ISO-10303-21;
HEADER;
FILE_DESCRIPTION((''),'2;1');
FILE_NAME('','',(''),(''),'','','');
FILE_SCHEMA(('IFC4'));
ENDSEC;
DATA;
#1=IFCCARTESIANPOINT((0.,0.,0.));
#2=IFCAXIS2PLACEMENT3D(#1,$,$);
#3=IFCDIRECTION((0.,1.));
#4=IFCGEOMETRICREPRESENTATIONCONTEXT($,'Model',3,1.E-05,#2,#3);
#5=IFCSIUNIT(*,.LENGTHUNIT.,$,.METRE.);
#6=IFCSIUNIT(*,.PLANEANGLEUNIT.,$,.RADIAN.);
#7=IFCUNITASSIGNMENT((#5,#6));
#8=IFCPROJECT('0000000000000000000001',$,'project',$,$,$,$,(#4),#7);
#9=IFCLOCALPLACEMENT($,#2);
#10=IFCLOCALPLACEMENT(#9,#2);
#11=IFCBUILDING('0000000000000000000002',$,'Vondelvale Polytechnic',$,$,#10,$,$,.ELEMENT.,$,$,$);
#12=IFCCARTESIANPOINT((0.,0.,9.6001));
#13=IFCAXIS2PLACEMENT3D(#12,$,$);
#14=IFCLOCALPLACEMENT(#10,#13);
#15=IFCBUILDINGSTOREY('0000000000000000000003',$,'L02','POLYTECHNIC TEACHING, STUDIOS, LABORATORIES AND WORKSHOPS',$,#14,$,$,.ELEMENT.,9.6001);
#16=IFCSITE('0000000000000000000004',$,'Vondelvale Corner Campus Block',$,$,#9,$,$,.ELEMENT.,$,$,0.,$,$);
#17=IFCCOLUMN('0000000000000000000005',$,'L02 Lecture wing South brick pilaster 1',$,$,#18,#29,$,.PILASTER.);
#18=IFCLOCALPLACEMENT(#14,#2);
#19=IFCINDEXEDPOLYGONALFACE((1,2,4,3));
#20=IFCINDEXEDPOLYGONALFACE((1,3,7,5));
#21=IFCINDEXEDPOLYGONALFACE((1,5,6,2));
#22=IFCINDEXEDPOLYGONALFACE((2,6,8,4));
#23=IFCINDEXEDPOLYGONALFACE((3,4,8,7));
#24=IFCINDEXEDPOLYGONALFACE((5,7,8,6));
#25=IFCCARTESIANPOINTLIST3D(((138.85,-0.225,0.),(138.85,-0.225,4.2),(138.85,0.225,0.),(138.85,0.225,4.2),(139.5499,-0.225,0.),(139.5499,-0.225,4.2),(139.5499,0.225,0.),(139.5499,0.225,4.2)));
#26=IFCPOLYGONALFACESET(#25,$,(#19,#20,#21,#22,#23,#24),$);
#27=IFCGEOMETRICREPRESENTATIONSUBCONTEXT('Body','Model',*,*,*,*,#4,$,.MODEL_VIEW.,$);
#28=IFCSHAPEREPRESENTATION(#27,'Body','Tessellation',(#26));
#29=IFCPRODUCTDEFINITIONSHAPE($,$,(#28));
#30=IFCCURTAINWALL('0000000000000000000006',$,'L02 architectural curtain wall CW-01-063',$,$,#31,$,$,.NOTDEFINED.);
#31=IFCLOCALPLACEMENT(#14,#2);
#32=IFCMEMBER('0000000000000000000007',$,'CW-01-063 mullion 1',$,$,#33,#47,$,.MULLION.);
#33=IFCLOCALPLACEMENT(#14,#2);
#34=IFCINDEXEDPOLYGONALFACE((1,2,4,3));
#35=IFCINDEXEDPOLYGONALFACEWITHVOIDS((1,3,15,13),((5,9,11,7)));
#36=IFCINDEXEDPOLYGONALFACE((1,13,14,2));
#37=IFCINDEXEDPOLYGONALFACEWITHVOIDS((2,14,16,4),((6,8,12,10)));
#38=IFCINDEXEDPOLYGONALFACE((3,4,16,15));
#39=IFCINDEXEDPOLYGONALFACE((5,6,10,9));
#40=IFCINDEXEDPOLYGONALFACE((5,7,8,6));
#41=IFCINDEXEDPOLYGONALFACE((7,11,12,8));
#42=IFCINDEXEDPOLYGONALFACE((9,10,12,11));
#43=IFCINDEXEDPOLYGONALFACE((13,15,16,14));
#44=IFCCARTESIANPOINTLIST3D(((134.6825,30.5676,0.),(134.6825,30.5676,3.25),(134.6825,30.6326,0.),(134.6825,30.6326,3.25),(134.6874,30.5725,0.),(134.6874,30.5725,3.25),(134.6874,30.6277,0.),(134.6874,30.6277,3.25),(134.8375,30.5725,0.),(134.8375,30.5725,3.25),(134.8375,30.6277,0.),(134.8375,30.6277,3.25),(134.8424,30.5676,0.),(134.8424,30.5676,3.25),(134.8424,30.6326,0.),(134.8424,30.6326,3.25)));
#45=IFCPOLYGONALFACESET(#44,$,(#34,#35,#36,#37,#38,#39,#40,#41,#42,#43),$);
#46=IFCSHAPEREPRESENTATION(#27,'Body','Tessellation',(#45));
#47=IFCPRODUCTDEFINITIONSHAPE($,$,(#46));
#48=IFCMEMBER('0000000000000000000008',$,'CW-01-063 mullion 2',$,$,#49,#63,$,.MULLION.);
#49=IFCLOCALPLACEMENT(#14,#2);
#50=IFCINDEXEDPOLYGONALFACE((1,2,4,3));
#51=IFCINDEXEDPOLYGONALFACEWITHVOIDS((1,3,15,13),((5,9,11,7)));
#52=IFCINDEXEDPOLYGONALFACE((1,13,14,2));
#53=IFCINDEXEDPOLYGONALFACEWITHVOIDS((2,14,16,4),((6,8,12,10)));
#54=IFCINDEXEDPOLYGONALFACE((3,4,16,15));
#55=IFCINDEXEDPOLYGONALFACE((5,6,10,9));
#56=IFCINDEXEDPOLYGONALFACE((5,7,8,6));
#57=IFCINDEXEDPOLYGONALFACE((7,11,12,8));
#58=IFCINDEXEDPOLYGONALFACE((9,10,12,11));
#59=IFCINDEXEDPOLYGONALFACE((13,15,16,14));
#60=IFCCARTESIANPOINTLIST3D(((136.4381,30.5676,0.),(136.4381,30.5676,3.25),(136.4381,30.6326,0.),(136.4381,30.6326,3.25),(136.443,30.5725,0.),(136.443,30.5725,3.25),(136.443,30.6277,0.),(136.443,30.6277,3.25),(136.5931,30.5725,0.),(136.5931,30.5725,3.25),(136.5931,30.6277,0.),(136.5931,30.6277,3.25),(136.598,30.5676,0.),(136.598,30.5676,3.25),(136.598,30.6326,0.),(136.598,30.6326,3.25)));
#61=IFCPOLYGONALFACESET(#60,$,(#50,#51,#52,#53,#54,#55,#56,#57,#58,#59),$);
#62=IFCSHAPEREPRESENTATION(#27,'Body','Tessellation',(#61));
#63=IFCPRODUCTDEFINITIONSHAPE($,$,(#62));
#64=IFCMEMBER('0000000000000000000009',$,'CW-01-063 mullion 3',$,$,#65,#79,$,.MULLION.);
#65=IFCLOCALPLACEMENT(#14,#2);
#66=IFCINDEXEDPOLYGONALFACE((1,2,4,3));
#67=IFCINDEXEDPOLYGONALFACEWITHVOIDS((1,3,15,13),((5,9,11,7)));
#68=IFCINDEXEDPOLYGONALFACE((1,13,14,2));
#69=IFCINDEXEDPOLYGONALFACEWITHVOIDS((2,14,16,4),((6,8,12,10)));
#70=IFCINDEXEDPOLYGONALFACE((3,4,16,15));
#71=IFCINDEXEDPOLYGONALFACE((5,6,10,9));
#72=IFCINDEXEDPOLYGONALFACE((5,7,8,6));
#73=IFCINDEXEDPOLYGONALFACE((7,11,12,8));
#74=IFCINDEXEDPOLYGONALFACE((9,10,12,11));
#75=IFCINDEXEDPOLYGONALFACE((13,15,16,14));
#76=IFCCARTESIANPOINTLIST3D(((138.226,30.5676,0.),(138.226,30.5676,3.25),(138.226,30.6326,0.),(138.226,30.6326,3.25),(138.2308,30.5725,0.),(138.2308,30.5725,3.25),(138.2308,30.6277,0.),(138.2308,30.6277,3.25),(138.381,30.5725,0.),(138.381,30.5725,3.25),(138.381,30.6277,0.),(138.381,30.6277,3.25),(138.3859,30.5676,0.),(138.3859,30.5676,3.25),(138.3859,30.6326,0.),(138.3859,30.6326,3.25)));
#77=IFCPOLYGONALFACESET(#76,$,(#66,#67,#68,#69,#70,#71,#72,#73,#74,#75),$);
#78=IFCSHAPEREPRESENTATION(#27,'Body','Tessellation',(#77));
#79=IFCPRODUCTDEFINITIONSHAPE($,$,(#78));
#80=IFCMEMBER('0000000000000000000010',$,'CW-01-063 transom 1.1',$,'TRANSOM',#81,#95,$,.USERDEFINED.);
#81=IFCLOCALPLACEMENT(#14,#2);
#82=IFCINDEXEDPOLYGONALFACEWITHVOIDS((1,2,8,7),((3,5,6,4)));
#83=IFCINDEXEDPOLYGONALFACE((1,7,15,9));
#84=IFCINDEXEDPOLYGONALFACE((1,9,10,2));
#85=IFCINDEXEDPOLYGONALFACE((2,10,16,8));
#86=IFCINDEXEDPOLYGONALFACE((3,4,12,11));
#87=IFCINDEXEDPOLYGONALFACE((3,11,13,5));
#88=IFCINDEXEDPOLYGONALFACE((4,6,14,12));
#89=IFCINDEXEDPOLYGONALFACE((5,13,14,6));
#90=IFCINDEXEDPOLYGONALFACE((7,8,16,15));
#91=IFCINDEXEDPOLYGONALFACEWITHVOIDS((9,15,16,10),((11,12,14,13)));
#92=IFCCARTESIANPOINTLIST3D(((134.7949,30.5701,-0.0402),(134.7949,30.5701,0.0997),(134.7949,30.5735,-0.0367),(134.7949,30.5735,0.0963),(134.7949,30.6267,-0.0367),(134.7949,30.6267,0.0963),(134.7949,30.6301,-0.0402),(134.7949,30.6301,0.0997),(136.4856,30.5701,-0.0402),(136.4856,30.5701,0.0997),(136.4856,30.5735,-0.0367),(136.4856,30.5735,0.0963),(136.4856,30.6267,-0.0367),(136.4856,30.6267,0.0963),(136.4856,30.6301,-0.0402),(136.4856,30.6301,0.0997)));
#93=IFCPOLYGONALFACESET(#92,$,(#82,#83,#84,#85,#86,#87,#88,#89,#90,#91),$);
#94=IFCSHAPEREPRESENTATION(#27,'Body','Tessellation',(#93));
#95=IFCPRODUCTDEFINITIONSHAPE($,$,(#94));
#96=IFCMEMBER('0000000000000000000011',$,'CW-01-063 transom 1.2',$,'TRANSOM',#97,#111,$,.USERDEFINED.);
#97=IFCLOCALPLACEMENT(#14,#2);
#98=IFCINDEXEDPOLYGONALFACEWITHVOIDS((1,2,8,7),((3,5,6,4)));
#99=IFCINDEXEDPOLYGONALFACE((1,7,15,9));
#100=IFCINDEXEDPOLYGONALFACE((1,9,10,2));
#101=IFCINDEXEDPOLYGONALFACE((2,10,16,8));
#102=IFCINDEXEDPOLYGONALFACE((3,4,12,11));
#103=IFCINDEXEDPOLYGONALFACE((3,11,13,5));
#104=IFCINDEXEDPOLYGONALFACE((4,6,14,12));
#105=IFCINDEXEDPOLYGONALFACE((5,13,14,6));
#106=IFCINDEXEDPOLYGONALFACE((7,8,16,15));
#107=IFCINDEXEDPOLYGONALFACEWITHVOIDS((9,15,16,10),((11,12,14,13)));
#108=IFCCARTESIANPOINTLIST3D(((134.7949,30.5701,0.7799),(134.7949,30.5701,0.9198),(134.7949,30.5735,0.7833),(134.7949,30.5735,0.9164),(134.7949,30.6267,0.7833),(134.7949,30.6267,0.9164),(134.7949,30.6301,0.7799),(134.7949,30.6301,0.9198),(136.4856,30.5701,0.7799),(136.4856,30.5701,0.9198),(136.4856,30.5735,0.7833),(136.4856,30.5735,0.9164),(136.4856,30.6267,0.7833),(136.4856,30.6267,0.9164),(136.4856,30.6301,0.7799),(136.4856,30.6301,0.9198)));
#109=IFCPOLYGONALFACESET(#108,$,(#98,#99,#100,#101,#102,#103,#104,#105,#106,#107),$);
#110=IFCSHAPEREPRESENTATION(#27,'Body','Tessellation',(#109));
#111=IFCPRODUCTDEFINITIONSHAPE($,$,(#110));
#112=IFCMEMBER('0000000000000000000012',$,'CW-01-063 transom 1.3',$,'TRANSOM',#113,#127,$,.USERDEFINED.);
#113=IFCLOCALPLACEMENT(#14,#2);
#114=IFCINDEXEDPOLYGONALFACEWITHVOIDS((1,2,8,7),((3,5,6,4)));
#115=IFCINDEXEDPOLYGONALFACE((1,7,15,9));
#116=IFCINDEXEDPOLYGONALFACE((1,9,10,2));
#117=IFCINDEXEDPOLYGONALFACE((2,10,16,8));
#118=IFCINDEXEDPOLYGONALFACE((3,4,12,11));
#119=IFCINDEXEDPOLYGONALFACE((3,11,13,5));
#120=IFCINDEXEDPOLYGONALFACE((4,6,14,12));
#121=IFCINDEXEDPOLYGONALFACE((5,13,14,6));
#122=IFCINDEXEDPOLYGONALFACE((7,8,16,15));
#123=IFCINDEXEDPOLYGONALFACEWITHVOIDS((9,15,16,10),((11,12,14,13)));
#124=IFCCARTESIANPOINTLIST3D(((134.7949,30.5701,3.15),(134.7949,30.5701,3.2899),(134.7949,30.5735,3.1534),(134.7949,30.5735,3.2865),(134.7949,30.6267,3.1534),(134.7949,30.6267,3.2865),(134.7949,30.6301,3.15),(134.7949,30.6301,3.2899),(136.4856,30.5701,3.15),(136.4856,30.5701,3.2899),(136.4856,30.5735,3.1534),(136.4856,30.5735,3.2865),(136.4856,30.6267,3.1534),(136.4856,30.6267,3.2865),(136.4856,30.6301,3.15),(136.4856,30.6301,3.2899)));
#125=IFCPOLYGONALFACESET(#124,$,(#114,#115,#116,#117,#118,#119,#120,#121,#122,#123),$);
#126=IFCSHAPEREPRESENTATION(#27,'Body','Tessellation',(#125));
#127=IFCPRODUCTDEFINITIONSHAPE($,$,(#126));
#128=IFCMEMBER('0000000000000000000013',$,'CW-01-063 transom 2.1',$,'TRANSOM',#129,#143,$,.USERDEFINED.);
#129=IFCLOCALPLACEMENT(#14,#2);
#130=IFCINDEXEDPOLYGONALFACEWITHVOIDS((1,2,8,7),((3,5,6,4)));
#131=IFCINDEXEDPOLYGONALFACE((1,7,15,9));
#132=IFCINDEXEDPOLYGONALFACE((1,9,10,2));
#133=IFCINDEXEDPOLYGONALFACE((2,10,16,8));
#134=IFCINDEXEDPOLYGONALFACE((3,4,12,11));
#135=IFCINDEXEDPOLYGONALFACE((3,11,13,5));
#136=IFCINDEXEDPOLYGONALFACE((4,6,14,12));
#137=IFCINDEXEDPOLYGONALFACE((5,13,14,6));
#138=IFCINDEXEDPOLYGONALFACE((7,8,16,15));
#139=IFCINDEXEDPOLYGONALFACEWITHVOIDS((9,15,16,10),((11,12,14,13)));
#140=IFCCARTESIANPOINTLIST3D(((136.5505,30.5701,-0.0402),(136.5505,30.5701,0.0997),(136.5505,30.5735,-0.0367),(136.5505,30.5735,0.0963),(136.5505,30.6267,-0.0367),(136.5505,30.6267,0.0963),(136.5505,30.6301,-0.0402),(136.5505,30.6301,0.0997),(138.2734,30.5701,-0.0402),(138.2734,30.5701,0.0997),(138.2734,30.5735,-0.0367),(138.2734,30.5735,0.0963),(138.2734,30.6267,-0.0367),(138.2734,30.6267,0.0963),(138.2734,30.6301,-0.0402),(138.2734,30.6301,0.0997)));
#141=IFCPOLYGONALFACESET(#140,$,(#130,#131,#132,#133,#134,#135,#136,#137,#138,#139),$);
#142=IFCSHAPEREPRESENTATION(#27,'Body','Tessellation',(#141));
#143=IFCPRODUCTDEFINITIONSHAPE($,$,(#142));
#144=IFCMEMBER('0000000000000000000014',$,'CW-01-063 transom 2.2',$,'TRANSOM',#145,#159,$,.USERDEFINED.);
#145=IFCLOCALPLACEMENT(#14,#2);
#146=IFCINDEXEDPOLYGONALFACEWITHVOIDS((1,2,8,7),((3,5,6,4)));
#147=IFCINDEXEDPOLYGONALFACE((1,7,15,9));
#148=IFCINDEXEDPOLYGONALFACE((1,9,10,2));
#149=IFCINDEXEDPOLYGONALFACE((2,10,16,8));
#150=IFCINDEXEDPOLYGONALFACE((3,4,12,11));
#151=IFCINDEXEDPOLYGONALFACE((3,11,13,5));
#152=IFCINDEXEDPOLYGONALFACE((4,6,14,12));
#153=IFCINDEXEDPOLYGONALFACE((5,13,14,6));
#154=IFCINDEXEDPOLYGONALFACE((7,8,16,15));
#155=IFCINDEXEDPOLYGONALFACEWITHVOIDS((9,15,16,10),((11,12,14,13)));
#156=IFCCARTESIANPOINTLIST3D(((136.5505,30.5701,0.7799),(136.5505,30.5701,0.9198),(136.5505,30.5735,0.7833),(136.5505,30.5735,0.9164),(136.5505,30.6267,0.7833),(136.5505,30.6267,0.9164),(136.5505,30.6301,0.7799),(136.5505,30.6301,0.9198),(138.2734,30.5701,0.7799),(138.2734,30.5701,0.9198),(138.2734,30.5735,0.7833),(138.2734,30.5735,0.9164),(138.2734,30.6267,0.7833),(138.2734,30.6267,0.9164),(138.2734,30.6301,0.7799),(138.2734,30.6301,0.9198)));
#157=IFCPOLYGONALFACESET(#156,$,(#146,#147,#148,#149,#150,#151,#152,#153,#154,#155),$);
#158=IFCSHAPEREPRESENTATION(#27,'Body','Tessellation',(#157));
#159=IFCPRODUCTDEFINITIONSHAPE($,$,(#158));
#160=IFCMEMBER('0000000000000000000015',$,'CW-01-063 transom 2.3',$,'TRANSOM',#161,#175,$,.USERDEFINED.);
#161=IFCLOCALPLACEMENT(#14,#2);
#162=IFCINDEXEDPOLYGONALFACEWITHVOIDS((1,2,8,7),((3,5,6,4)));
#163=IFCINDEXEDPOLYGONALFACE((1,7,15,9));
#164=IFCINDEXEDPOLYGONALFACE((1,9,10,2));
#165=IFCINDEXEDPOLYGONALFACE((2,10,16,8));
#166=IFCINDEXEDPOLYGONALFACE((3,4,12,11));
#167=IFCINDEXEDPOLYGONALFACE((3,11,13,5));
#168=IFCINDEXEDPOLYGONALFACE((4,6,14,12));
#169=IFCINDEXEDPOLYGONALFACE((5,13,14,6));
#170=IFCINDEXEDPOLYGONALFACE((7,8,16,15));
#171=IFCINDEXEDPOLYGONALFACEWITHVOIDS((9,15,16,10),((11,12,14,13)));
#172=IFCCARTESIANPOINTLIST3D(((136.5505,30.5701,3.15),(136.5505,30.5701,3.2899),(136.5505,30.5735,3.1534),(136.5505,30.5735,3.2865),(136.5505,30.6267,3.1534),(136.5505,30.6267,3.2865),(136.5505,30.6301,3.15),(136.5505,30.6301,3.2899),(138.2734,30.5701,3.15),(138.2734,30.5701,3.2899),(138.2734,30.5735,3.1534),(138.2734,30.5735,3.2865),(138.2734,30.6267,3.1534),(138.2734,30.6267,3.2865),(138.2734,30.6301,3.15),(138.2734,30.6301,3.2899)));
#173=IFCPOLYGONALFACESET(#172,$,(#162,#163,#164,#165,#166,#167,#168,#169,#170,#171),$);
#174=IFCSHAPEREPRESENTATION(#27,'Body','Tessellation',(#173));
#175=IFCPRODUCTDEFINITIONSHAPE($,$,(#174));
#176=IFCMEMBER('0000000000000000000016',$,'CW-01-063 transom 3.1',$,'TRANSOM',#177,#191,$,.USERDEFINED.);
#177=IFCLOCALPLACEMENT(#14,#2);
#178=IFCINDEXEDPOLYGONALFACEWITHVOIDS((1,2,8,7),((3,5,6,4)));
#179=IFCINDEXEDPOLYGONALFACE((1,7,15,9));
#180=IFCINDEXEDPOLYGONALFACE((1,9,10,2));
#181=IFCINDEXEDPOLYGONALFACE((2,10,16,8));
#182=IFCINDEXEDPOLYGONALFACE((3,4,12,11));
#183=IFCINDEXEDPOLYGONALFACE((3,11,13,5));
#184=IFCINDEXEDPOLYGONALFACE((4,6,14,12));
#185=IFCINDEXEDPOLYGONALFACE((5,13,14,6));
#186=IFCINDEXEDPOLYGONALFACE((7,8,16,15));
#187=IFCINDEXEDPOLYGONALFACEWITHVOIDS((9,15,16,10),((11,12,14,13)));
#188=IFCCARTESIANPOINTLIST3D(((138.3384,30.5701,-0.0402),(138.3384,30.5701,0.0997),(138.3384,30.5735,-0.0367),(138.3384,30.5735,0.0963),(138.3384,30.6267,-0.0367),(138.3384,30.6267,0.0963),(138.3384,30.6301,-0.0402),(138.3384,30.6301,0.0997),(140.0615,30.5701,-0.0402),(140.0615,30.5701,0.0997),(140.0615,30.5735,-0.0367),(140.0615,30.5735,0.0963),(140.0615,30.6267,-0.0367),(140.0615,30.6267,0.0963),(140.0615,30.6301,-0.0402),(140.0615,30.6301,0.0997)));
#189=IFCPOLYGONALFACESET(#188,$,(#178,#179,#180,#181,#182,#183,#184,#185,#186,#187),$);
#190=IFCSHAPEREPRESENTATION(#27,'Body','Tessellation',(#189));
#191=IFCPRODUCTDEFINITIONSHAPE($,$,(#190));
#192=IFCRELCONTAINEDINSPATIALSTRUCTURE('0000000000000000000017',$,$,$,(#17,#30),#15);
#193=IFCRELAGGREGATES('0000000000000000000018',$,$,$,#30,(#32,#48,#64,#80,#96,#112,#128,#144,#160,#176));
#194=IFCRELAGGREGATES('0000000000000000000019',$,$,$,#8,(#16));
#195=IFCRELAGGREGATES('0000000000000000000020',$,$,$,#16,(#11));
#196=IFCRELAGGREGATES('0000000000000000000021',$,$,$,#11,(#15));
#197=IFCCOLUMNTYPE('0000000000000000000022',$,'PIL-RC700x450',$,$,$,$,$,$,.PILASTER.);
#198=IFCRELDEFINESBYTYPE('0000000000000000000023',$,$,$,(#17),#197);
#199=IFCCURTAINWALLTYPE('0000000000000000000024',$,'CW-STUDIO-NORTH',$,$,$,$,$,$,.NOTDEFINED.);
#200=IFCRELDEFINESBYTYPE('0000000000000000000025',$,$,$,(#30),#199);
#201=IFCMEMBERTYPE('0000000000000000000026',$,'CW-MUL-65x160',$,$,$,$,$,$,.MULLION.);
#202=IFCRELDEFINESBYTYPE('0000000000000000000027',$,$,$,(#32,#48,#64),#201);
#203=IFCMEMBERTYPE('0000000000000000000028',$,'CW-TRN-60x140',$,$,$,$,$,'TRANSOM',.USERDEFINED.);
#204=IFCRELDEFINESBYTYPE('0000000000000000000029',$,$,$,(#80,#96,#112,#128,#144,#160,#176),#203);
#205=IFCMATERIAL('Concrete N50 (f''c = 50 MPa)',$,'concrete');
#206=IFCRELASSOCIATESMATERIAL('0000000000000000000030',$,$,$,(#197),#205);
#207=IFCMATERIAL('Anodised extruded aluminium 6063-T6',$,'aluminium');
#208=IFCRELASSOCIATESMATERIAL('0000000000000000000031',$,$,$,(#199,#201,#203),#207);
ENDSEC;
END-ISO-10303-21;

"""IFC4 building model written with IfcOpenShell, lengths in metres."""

from ifc_helpers import new_model, si_unit, direction, frame, origin, origin_2d, place, context, subcontext, project, spatial, rectangle, hollow_rectangle, extrude, material, material_profile, profile_set, type_object, element, aggregate, save


model = new_model("IFC4")

# Units and contexts
model_context = context("Model", 3, precision=1e-05, world=origin(), true_north=direction((0.0, 1.0)))
body_context = subcontext(model_context, "Body", "Model", "MODEL_VIEW")
ifc_project = project(units=[si_unit("LENGTHUNIT", "METRE"), si_unit("PLANEANGLEUNIT", "RADIAN")], contexts=[model_context])

# Site, building, storey
site_placement = place(None, origin())
site = spatial("IfcSite", under=ifc_project, at=site_placement, Name="Vondelvale Corner Campus Block", CompositionType="ELEMENT", RefElevation=0.0)
building_placement = place(site_placement, origin())
building = spatial("IfcBuilding", under=site, at=building_placement, Name="Vondelvale Polytechnic", CompositionType="ELEMENT")
storey_placement = place(building_placement, frame((0.0, 0.0, 9.6001)))
storey = spatial("IfcBuildingStorey", under=building, at=storey_placement, Name="L02", Description="POLYTECHNIC TEACHING, STUDIOS, LABORATORIES AND WORKSHOPS", CompositionType="ELEMENT", Elevation=9.6001)

# Column
ifc_material_1 = material(Name="Concrete N50 (f'c = 50 MPa)", Category="concrete")
ifc_material_profile_1 = material_profile(ifc_material_1, rectangle(XDim=0.45, YDim=0.7, at=origin_2d()), Name="RC-PIL-700x450")
ifc_profile_set_1 = profile_set([ifc_material_profile_1], Name="Concrete N50 (f'c = 50 MPa)")
column_type = type_object("IfcColumnType", Name="PIL-RC700x450", PredefinedType="PILASTER", material=ifc_profile_set_1)
column_placement = place(storey_placement, frame((139.2, 0.0, 0.0), z_axis=(0.0, 0.0, 1.0), x_axis=(0.0, 1.0, 0.0)))
element("IfcColumn", 1, at=column_placement, inside=storey, type_object=column_type, Name="L02 Lecture wing South brick pilaster 1", PredefinedType="PILASTER", context=body_context, shape_type="SweptSolid", body=[
    extrude(rectangle(XDim=0.45, YDim=0.7, at=origin_2d()), origin(), (0.0, 0.0, 1.0), 4.2),
])

# Curtain wall, members
ifc_material_2 = material(Name="Anodised extruded aluminium 6063-T6", Category="aluminium")
curtain_wall_type = type_object("IfcCurtainWallType", Name="CW-STUDIO-NORTH", PredefinedType="NOTDEFINED", material=ifc_material_2)
curtain_wall_placement = place(storey_placement, origin())
curtain_wall = element("IfcCurtainWall", 2, at=curtain_wall_placement, inside=storey, type_object=curtain_wall_type, Name="L02 architectural curtain wall CW-01-063", PredefinedType="NOTDEFINED")
ifc_material_profile_2 = material_profile(ifc_material_2, hollow_rectangle(XDim=0.0649, YDim=0.1599, WallThickness=0.0049, at=origin_2d()), Name="CW-MUL-160x65")
ifc_profile_set_2 = profile_set([ifc_material_profile_2], Name="Anodised extruded aluminium 6063-T6")
member_type_1 = type_object("IfcMemberType", Name="CW-MUL-65x160", PredefinedType="MULLION", material=ifc_profile_set_2)
member_1_placement = place(storey_placement, frame((134.7625, 30.6001, 0.0), z_axis=(0.0, 0.0, 1.0), x_axis=(0.0, 1.0, 0.0)))
member_1 = element("IfcMember", 3, at=member_1_placement, type_object=member_type_1, Name="CW-01-063 mullion 1", PredefinedType="MULLION", context=body_context, shape_type="SweptSolid", body=[
    extrude(hollow_rectangle(XDim=0.0649, YDim=0.1599, WallThickness=0.0049, at=origin_2d()), origin(), (0.0, 0.0, 1.0), 3.25),
])
member_2_placement = place(storey_placement, frame((136.5181, 30.6001, 0.0), z_axis=(0.0, 0.0, 1.0), x_axis=(0.0, 1.0, 0.0)))
member_2 = element("IfcMember", 4, at=member_2_placement, type_object=member_type_1, Name="CW-01-063 mullion 2", PredefinedType="MULLION", context=body_context, shape_type="SweptSolid", body=[
    extrude(hollow_rectangle(XDim=0.0649, YDim=0.1599, WallThickness=0.0049, at=origin_2d()), origin(), (0.0, 0.0, 1.0), 3.25),
])
member_3_placement = place(storey_placement, frame((138.3059, 30.6001, 0.0), z_axis=(0.0, 0.0, 1.0), x_axis=(0.0, 1.0, 0.0)))
member_3 = element("IfcMember", 5, at=member_3_placement, type_object=member_type_1, Name="CW-01-063 mullion 3", PredefinedType="MULLION", context=body_context, shape_type="SweptSolid", body=[
    extrude(hollow_rectangle(XDim=0.0649, YDim=0.1599, WallThickness=0.0049, at=origin_2d()), origin(), (0.0, 0.0, 1.0), 3.25),
])
ifc_material_profile_3 = material_profile(ifc_material_2, hollow_rectangle(XDim=0.0601, YDim=0.1399, WallThickness=0.0034, at=origin_2d()), Name="CW-TRN-140x60")
ifc_profile_set_3 = profile_set([ifc_material_profile_3], Name="Anodised extruded aluminium 6063-T6")
member_type_2 = type_object("IfcMemberType", Name="CW-TRN-60x140", ElementType="TRANSOM", PredefinedType="USERDEFINED", material=ifc_profile_set_3)
member_4_placement = place(storey_placement, frame((134.7949, 30.6001, 0.0298), z_axis=(1.0, 0.0, 0.0), x_axis=(0.0, 1.0, 0.0)))
member_4 = element("IfcMember", 6, at=member_4_placement, type_object=member_type_2, Name="CW-01-063 transom 1.1", ObjectType="TRANSOM", PredefinedType="USERDEFINED", context=body_context, shape_type="SweptSolid", body=[
    extrude(hollow_rectangle(XDim=0.0601, YDim=0.1399, WallThickness=0.0034, at=origin_2d()), origin(), (0.0, 0.0, 1.0), 1.6907),
])
member_5_placement = place(storey_placement, frame((134.7949, 30.6001, 0.8499), z_axis=(1.0, 0.0, 0.0), x_axis=(0.0, 1.0, 0.0)))
member_5 = element("IfcMember", 7, at=member_5_placement, type_object=member_type_2, Name="CW-01-063 transom 1.2", ObjectType="TRANSOM", PredefinedType="USERDEFINED", context=body_context, shape_type="SweptSolid", body=[
    extrude(hollow_rectangle(XDim=0.0601, YDim=0.1399, WallThickness=0.0034, at=origin_2d()), origin(), (0.0, 0.0, 1.0), 1.6907),
])
member_6_placement = place(storey_placement, frame((134.7949, 30.6001, 3.22), z_axis=(1.0, 0.0, 0.0), x_axis=(0.0, 1.0, 0.0)))
member_6 = element("IfcMember", 8, at=member_6_placement, type_object=member_type_2, Name="CW-01-063 transom 1.3", ObjectType="TRANSOM", PredefinedType="USERDEFINED", context=body_context, shape_type="SweptSolid", body=[
    extrude(hollow_rectangle(XDim=0.0601, YDim=0.1399, WallThickness=0.0034, at=origin_2d()), origin(), (0.0, 0.0, 1.0), 1.6907),
])
member_7_placement = place(storey_placement, frame((136.5505, 30.6001, 0.0298), z_axis=(1.0, 0.0, 0.0), x_axis=(0.0, 1.0, 0.0)))
member_7 = element("IfcMember", 9, at=member_7_placement, type_object=member_type_2, Name="CW-01-063 transom 2.1", ObjectType="TRANSOM", PredefinedType="USERDEFINED", context=body_context, shape_type="SweptSolid", body=[
    extrude(hollow_rectangle(XDim=0.0601, YDim=0.1399, WallThickness=0.0034, at=origin_2d()), origin(), (0.0, 0.0, 1.0), 1.7229),
])
member_8_placement = place(storey_placement, frame((136.5505, 30.6001, 0.8499), z_axis=(1.0, 0.0, 0.0), x_axis=(0.0, 1.0, 0.0)))
member_8 = element("IfcMember", 10, at=member_8_placement, type_object=member_type_2, Name="CW-01-063 transom 2.2", ObjectType="TRANSOM", PredefinedType="USERDEFINED", context=body_context, shape_type="SweptSolid", body=[
    extrude(hollow_rectangle(XDim=0.0601, YDim=0.1399, WallThickness=0.0034, at=origin_2d()), origin(), (0.0, 0.0, 1.0), 1.7229),
])
member_9_placement = place(storey_placement, frame((136.5505, 30.6001, 3.22), z_axis=(1.0, 0.0, 0.0), x_axis=(0.0, 1.0, 0.0)))
member_9 = element("IfcMember", 11, at=member_9_placement, type_object=member_type_2, Name="CW-01-063 transom 2.3", ObjectType="TRANSOM", PredefinedType="USERDEFINED", context=body_context, shape_type="SweptSolid", body=[
    extrude(hollow_rectangle(XDim=0.0601, YDim=0.1399, WallThickness=0.0034, at=origin_2d()), origin(), (0.0, 0.0, 1.0), 1.7229),
])
member_10_placement = place(storey_placement, frame((138.3384, 30.6001, 0.0298), z_axis=(1.0, 0.0, 0.0), x_axis=(0.0, 1.0, 0.0)))
member_10 = element("IfcMember", 12, at=member_10_placement, type_object=member_type_2, Name="CW-01-063 transom 3.1", ObjectType="TRANSOM", PredefinedType="USERDEFINED", context=body_context, shape_type="SweptSolid", body=[
    extrude(hollow_rectangle(XDim=0.0601, YDim=0.1399, WallThickness=0.0034, at=origin_2d()), origin(), (0.0, 0.0, 1.0), 1.7231),
])
aggregate(curtain_wall, [member_1, member_2, member_3, member_4, member_5, member_6, member_7, member_8, member_9, member_10])

save(model, "model.ifc")
